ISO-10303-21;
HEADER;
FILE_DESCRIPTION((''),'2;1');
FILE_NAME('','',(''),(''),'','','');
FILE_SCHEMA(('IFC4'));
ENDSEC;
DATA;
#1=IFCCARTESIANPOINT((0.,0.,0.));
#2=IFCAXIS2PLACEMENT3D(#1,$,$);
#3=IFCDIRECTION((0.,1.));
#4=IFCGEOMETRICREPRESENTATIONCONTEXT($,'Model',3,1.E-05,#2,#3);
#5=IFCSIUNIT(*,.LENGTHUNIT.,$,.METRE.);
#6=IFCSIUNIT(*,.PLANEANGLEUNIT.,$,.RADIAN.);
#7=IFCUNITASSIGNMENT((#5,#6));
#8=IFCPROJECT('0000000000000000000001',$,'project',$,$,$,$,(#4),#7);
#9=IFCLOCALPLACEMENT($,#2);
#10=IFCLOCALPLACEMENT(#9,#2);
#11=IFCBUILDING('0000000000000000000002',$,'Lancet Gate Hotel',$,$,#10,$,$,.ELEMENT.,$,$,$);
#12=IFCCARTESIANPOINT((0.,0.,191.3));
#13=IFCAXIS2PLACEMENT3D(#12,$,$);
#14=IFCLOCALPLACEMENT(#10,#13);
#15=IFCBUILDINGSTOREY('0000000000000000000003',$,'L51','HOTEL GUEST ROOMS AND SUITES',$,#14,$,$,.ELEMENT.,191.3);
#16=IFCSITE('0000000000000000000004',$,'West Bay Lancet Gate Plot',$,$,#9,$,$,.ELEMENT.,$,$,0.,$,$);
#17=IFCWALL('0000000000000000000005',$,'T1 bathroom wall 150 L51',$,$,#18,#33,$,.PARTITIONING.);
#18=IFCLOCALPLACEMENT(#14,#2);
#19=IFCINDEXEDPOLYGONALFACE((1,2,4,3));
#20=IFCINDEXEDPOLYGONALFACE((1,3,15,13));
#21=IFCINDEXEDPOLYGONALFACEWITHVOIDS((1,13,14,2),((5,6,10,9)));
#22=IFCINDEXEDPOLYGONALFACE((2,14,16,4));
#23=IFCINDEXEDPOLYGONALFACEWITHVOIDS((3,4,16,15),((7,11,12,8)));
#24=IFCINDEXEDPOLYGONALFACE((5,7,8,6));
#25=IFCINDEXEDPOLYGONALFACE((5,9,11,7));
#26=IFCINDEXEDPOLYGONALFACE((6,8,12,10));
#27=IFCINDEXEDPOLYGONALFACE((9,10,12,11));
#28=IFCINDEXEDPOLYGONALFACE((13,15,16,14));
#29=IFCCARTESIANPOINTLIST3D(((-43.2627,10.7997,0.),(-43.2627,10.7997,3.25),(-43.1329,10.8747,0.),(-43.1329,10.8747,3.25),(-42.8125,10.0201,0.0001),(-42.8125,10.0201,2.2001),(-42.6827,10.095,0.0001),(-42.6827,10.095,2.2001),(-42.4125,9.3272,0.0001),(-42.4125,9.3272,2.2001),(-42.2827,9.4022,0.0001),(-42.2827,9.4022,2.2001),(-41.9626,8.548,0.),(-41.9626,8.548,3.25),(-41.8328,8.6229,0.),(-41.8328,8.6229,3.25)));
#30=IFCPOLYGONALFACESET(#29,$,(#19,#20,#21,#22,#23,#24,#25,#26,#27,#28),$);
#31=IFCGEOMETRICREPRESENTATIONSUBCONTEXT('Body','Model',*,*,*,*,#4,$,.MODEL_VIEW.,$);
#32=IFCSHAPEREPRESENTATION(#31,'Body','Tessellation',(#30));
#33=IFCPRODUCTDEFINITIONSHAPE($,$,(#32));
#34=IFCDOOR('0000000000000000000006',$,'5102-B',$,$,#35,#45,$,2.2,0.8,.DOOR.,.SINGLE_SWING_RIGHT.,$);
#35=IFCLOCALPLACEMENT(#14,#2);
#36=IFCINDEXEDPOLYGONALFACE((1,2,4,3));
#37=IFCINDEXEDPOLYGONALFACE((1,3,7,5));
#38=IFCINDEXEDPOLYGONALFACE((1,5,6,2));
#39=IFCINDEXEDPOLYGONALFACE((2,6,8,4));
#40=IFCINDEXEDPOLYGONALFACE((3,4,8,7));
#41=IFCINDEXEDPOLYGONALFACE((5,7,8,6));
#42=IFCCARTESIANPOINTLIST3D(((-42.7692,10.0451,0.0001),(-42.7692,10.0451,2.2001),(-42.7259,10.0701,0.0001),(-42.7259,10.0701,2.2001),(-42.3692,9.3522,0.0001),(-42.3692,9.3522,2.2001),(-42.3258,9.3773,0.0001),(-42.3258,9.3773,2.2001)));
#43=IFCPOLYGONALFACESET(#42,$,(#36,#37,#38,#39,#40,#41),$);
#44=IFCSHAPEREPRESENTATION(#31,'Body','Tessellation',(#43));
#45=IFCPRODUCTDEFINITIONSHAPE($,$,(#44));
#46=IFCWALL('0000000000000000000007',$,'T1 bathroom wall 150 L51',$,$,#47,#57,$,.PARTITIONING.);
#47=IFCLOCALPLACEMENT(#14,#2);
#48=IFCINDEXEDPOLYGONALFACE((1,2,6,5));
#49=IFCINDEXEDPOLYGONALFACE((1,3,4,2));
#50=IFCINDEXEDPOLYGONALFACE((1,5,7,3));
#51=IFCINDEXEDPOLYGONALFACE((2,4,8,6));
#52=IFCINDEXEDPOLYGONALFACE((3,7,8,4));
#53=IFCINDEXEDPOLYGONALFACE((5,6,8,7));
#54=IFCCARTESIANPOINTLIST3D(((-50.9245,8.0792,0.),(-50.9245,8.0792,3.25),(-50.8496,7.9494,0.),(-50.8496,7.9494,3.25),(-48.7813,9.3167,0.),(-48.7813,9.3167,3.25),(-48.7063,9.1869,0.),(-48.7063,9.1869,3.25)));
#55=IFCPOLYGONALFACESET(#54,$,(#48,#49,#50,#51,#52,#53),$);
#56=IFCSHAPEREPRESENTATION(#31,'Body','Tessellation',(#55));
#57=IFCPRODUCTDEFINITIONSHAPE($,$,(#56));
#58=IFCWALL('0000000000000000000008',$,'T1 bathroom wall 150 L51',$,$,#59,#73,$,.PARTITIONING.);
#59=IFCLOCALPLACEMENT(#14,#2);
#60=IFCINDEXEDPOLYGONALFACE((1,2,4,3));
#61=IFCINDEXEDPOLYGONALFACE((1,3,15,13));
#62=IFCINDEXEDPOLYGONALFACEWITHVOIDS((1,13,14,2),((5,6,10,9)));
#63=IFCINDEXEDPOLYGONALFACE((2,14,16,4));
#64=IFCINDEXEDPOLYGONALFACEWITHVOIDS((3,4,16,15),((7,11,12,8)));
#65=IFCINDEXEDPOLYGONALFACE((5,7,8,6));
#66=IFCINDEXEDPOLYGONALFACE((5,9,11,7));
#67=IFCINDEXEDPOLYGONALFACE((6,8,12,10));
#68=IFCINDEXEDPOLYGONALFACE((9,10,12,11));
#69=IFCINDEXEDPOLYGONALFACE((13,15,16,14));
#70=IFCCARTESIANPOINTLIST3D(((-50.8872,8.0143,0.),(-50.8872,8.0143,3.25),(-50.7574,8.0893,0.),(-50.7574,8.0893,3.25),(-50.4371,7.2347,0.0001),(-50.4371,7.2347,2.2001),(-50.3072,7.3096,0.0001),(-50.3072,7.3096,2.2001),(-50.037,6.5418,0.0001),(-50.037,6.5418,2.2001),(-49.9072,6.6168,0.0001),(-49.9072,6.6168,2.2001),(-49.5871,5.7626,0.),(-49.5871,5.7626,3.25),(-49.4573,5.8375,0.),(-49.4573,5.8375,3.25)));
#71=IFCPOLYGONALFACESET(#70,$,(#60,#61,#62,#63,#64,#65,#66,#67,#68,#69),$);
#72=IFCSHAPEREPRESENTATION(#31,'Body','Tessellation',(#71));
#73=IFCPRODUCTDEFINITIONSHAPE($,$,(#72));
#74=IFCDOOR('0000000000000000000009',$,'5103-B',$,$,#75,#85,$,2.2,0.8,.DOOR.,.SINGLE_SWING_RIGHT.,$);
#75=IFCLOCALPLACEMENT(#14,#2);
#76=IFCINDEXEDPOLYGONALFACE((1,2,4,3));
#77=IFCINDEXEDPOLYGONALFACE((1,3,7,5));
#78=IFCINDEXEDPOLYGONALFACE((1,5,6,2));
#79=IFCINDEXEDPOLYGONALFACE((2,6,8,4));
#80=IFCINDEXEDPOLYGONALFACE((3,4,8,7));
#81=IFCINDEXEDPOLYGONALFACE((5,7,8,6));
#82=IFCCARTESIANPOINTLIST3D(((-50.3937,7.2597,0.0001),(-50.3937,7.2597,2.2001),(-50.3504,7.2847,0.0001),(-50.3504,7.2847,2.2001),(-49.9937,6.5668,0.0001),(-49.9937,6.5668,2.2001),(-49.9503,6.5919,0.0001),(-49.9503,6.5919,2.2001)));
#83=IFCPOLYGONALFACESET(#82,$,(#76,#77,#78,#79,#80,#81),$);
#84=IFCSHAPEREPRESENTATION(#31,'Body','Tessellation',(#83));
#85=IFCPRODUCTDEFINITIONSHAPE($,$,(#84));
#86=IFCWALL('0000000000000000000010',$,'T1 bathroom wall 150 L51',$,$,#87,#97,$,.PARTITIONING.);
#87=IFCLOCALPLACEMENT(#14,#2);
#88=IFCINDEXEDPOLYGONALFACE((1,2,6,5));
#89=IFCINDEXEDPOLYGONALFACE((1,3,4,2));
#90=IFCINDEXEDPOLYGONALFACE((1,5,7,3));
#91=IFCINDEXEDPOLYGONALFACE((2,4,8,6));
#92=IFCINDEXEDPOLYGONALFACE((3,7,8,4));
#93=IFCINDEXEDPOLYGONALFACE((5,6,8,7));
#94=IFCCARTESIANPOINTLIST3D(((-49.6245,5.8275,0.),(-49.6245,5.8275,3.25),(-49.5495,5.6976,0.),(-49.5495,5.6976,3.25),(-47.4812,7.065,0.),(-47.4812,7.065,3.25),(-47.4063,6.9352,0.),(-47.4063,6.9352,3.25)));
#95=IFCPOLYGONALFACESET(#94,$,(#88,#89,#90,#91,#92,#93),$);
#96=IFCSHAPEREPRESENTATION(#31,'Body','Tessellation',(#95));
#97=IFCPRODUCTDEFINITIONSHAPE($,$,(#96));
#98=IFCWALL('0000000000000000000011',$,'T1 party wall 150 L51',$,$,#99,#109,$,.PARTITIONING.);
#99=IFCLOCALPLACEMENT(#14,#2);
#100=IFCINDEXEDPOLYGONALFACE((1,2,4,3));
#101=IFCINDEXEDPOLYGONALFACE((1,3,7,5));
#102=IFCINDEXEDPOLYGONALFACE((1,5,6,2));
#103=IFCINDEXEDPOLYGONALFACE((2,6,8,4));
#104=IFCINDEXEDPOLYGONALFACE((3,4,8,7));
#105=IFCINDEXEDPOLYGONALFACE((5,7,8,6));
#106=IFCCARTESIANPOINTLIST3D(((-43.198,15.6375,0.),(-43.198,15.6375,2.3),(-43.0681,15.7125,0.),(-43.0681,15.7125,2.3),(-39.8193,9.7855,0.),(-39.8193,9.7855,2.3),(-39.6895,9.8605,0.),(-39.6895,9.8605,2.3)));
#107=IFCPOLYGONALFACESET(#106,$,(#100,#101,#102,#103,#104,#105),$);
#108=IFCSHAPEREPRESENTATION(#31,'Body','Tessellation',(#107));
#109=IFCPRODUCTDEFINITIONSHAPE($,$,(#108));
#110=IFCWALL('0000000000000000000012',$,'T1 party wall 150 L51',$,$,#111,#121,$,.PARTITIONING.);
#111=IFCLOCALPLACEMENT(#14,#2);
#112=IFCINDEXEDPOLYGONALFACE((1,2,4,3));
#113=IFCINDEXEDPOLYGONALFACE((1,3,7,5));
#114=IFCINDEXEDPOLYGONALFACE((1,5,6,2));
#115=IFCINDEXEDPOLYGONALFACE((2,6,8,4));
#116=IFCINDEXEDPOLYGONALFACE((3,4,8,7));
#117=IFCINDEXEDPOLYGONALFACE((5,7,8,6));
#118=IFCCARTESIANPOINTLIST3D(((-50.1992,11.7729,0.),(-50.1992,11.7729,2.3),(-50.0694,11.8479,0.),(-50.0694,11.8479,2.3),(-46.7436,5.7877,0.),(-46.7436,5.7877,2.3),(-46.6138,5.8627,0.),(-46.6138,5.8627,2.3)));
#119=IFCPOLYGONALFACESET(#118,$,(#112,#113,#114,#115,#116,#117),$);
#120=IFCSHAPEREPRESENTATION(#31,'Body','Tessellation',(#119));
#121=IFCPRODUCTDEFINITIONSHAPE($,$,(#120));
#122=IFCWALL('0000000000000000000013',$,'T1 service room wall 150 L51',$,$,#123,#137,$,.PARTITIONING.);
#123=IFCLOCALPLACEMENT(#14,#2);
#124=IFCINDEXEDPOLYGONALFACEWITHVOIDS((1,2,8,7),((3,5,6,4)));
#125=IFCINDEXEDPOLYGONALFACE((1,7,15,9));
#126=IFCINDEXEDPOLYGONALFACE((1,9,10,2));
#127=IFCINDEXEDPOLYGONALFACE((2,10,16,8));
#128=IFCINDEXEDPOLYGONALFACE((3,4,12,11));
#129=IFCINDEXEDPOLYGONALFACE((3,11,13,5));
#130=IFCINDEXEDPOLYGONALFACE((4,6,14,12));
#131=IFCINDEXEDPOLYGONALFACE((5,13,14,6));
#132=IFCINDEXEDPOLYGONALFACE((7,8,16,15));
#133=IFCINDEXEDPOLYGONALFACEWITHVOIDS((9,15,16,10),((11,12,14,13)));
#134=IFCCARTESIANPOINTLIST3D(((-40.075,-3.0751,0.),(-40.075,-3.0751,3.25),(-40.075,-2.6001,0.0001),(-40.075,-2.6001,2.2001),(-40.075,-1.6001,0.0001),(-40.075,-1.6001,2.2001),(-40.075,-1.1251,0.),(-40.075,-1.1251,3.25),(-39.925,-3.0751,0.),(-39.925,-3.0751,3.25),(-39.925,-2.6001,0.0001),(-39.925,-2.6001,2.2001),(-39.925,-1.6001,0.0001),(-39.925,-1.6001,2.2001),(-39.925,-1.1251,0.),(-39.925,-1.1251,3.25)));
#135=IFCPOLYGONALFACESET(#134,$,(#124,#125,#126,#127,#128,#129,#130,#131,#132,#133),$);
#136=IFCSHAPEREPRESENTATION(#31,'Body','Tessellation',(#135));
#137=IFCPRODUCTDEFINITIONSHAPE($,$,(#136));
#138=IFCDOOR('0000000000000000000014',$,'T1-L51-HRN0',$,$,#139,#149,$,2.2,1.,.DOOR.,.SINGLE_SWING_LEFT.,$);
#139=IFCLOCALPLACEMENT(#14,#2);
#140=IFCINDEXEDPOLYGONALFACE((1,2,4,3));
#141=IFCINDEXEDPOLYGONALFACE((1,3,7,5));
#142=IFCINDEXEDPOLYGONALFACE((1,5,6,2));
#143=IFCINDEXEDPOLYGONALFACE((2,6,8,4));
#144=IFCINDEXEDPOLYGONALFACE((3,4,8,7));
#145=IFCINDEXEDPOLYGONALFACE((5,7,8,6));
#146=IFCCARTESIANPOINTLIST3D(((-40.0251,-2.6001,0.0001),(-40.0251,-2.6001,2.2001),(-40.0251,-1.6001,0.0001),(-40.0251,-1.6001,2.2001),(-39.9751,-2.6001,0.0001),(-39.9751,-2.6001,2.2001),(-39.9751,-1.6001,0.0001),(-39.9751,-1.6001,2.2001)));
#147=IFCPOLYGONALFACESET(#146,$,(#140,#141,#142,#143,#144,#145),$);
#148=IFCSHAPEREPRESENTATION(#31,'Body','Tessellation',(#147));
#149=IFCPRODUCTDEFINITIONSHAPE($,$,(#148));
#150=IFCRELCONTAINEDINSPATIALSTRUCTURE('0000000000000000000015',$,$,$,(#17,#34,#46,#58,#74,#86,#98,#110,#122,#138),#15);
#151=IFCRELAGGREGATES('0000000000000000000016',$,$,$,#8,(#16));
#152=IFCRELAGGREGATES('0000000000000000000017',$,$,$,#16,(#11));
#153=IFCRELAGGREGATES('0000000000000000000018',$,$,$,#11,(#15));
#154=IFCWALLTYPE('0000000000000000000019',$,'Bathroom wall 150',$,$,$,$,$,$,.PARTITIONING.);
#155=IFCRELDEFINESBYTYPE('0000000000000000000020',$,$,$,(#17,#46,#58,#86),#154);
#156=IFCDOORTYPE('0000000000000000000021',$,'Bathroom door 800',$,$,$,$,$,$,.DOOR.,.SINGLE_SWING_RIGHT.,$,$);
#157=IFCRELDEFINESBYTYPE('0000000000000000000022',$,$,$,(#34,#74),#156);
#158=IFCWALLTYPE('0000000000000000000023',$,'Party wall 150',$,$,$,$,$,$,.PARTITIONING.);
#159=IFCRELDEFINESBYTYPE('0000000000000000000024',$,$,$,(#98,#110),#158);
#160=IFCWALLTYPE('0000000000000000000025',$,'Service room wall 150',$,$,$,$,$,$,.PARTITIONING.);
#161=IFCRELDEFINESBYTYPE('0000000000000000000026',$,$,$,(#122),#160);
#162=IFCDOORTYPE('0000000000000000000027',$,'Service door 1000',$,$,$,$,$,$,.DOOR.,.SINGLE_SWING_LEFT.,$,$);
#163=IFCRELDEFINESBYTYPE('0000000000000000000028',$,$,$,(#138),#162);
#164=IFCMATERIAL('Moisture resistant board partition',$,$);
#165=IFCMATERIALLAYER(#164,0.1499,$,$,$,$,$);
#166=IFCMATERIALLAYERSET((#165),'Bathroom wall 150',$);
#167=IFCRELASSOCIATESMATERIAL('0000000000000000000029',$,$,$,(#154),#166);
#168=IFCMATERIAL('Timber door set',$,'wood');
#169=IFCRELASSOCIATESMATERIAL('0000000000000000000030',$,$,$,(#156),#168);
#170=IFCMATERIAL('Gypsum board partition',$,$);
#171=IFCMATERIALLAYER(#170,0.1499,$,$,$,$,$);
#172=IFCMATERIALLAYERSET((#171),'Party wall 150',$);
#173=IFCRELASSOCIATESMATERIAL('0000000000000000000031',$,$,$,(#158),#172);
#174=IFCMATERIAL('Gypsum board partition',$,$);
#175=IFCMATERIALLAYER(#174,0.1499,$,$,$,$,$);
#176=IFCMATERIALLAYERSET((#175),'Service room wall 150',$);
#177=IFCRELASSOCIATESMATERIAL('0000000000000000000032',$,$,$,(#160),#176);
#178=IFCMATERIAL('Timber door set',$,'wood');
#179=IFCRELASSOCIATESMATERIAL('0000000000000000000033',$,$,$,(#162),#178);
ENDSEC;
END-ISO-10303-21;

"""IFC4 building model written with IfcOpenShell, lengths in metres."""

from ifc_helpers import new_model, si_unit, direction, frame, frame_2d, origin, place, context, subcontext, project, spatial, rectangle, extrude, material, layer, layer_set, type_object, element, fill, save


model = new_model("IFC4")

# Units and contexts
model_context = context("Model", 3, precision=1e-05, world=origin(), true_north=direction((0.0, 1.0)))
body_context = subcontext(model_context, "Body", "Model", "MODEL_VIEW")
ifc_project = project(units=[si_unit("LENGTHUNIT", "METRE"), si_unit("PLANEANGLEUNIT", "RADIAN")], contexts=[model_context])

# Site, building, storey
site_placement = place(None, origin())
site = spatial("IfcSite", under=ifc_project, at=site_placement, Name="West Bay Lancet Gate Plot", CompositionType="ELEMENT", RefElevation=0.0)
building_placement = place(site_placement, origin())
building = spatial("IfcBuilding", under=site, at=building_placement, Name="Lancet Gate Hotel", CompositionType="ELEMENT")
storey_placement = place(building_placement, frame((0.0, 0.0, 191.3)))
storey = spatial("IfcBuildingStorey", under=building, at=storey_placement, Name="L51", Description="HOTEL GUEST ROOMS AND SUITES", CompositionType="ELEMENT", Elevation=191.3)

# Shared definitions
ifc_material_1 = material(Name="Moisture resistant board partition")
ifc_layer_1 = layer(ifc_material_1, 0.1499)
ifc_layer_set_1 = layer_set([ifc_layer_1], Name="Bathroom wall 150")
wall_type_1 = type_object("IfcWallType", Name="Bathroom wall 150", PredefinedType="PARTITIONING", material=ifc_layer_set_1)

# Wall, opening, door
wall_1_placement = place(storey_placement, frame((-41.8977, 8.5854, 0.0), z_axis=(0.0, 0.0, 1.0), x_axis=(-0.500007, 0.866021, 0.0)))
wall_1 = element("IfcWall", 1, at=wall_1_placement, inside=storey, type_object=wall_type_1, Name="T1 bathroom wall 150 L51", PredefinedType="PARTITIONING", context=body_context, shape_type="SweptSolid", body=[
    extrude(rectangle(XDim=2.6001, YDim=0.1499, at=frame_2d((1.3, 0.0))), origin(), (0.0, 0.0, 1.0), 3.25),
])
opening_1_placement = place(wall_1_placement, frame((0.8999, 0.0, 0.0)))
opening_1 = element("IfcOpeningElement", 2, at=opening_1_placement, cuts=wall_1, PredefinedType="OPENING", context=body_context, shape_type="SweptSolid", body=[
    extrude(rectangle(XDim=0.8, YDim=2.2, at=frame_2d((0.3999, 1.1001))), frame((0.0, 0.085, 0.0), z_axis=(0.0, -1.0, 0.0), x_axis=(1.0, 0.0, 0.0)), (0.0, 0.0, 1.0), 0.1699),
])
ifc_material_2 = material(Name="Timber door set", Category="wood")
door_type_1 = type_object("IfcDoorType", Name="Bathroom door 800", OperationType="SINGLE_SWING_RIGHT", PredefinedType="DOOR", material=ifc_material_2)
door_1_placement = place(opening_1_placement, origin())
door_1 = element("IfcDoor", 3, at=door_1_placement, inside=storey, type_object=door_type_1, Name="5102-B", OperationType="SINGLE_SWING_RIGHT", OverallHeight=2.2, OverallWidth=0.8, PredefinedType="DOOR", context=body_context, shape_type="SweptSolid", body=[
    extrude(rectangle(XDim=0.8, YDim=2.2, at=frame_2d((0.3999, 1.1001))), frame((0.0, 0.0249, 0.0), z_axis=(0.0, -1.0, 0.0), x_axis=(1.0, 0.0, 0.0)), (0.0, 0.0, 1.0), 0.05),
])
fill(opening_1, door_1)

# Wall
wall_2_placement = place(storey_placement, frame((-48.7439, 9.2517, 0.0), z_axis=(0.0, 0.0, 1.0), x_axis=(-0.866007, -0.500033, 0.0)))
element("IfcWall", 4, at=wall_2_placement, inside=storey, type_object=wall_type_1, Name="T1 bathroom wall 150 L51", PredefinedType="PARTITIONING", context=body_context, shape_type="SweptSolid", body=[
    extrude(rectangle(XDim=2.4749, YDim=0.1499, at=frame_2d((1.2373, 0.0))), origin(), (0.0, 0.0, 1.0), 3.25),
])

# Wall, opening, door
wall_3_placement = place(storey_placement, frame((-49.5222, 5.8, 0.0), z_axis=(0.0, 0.0, 1.0), x_axis=(-0.500007, 0.866021, 0.0)))
wall_3 = element("IfcWall", 5, at=wall_3_placement, inside=storey, type_object=wall_type_1, Name="T1 bathroom wall 150 L51", PredefinedType="PARTITIONING", context=body_context, shape_type="SweptSolid", body=[
    extrude(rectangle(XDim=2.6001, YDim=0.1499, at=frame_2d((1.3, 0.0))), origin(), (0.0, 0.0, 1.0), 3.25),
])
opening_2_placement = place(wall_3_placement, frame((0.8999, 0.0, 0.0)))
opening_2 = element("IfcOpeningElement", 6, at=opening_2_placement, cuts=wall_3, PredefinedType="OPENING", context=body_context, shape_type="SweptSolid", body=[
    extrude(rectangle(XDim=0.8, YDim=2.2, at=frame_2d((0.3999, 1.1001))), frame((0.0, 0.085, 0.0), z_axis=(0.0, -1.0, 0.0), x_axis=(1.0, 0.0, 0.0)), (0.0, 0.0, 1.0), 0.1699),
])
door_2_placement = place(opening_2_placement, origin())
door_2 = element("IfcDoor", 7, at=door_2_placement, inside=storey, type_object=door_type_1, Name="5103-B", OperationType="SINGLE_SWING_RIGHT", OverallHeight=2.2, OverallWidth=0.8, PredefinedType="DOOR", context=body_context, shape_type="SweptSolid", body=[
    extrude(rectangle(XDim=0.8, YDim=2.2, at=frame_2d((0.3999, 1.1001))), frame((0.0, 0.0249, 0.0), z_axis=(0.0, -1.0, 0.0), x_axis=(1.0, 0.0, 0.0)), (0.0, 0.0, 1.0), 0.05),
])
fill(opening_2, door_2)

# Walls
wall_4_placement = place(storey_placement, frame((-47.4438, 7.0, 0.0), z_axis=(0.0, 0.0, 1.0), x_axis=(-0.866007, -0.500033, 0.0)))
element("IfcWall", 8, at=wall_4_placement, inside=storey, type_object=wall_type_1, Name="T1 bathroom wall 150 L51", PredefinedType="PARTITIONING", context=body_context, shape_type="SweptSolid", body=[
    extrude(rectangle(XDim=2.4749, YDim=0.1499, at=frame_2d((1.2373, 0.0))), origin(), (0.0, 0.0, 1.0), 3.25),
])
ifc_material_3 = material(Name="Gypsum board partition")
ifc_layer_2 = layer(ifc_material_3, 0.1499)
ifc_layer_set_2 = layer_set([ifc_layer_2], Name="Party wall 150")
wall_type_2 = type_object("IfcWallType", Name="Party wall 150", PredefinedType="PARTITIONING", material=ifc_layer_set_2)
wall_5_placement = place(storey_placement, frame((-39.7544, 9.823, 0.0), z_axis=(0.0, 0.0, 1.0), x_axis=(-0.499998, 0.866027, 0.0)))
element("IfcWall", 9, at=wall_5_placement, inside=storey, type_object=wall_type_2, Name="T1 party wall 150 L51", PredefinedType="PARTITIONING", context=body_context, shape_type="SweptSolid", body=[
    extrude(rectangle(XDim=6.7573, YDim=0.1499, at=frame_2d((3.3787, 0.0))), origin(), (0.0, 0.0, 1.0), 2.3),
])
wall_6_placement = place(storey_placement, frame((-46.6787, 5.8252, 0.0), z_axis=(0.0, 0.0, 1.0), x_axis=(-0.500007, 0.866021, 0.0)))
element("IfcWall", 10, at=wall_6_placement, inside=storey, type_object=wall_type_2, Name="T1 party wall 150 L51", PredefinedType="PARTITIONING", context=body_context, shape_type="SweptSolid", body=[
    extrude(rectangle(XDim=6.9111, YDim=0.1499, at=frame_2d((3.4556, 0.0))), origin(), (0.0, 0.0, 1.0), 2.3),
])

# Wall, opening, door
ifc_material_4 = material(Name="Gypsum board partition")
ifc_layer_3 = layer(ifc_material_4, 0.1499)
ifc_layer_set_3 = layer_set([ifc_layer_3], Name="Service room wall 150")
wall_type_3 = type_object("IfcWallType", Name="Service room wall 150", PredefinedType="PARTITIONING", material=ifc_layer_set_3)
wall_7_placement = place(storey_placement, frame((-40.0, -1.125, 0.0), z_axis=(0.0, 0.0, 1.0), x_axis=(0.0, -1.0, 0.0)))
wall_7 = element("IfcWall", 11, at=wall_7_placement, inside=storey, type_object=wall_type_3, Name="T1 service room wall 150 L51", PredefinedType="PARTITIONING", context=body_context, shape_type="SweptSolid", body=[
    extrude(rectangle(XDim=1.95, YDim=0.1499, at=frame_2d((0.9751, 0.0))), origin(), (0.0, 0.0, 1.0), 3.25),
])
opening_3_placement = place(wall_7_placement, frame((0.4751, 0.0, 0.0)))
opening_3 = element("IfcOpeningElement", 12, at=opening_3_placement, cuts=wall_7, PredefinedType="OPENING", context=body_context, shape_type="SweptSolid", body=[
    extrude(rectangle(XDim=1.0, YDim=2.2, at=frame_2d((0.5, 1.1001))), frame((0.0, 0.085, 0.0), z_axis=(0.0, -1.0, 0.0), x_axis=(1.0, 0.0, 0.0)), (0.0, 0.0, 1.0), 0.1699),
])
ifc_material_5 = material(Name="Timber door set", Category="wood")
door_type_2 = type_object("IfcDoorType", Name="Service door 1000", OperationType="SINGLE_SWING_LEFT", PredefinedType="DOOR", material=ifc_material_5)
door_3_placement = place(opening_3_placement, origin())
door_3 = element("IfcDoor", 13, at=door_3_placement, inside=storey, type_object=door_type_2, Name="T1-L51-HRN0", OperationType="SINGLE_SWING_LEFT", OverallHeight=2.2, OverallWidth=1.0, PredefinedType="DOOR", context=body_context, shape_type="SweptSolid", body=[
    extrude(rectangle(XDim=1.0, YDim=2.2, at=frame_2d((0.5, 1.1001))), frame((0.0, 0.0249, 0.0), z_axis=(0.0, -1.0, 0.0), x_axis=(1.0, 0.0, 0.0)), (0.0, 0.0, 1.0), 0.05),
])
fill(opening_3, door_3)

save(model, "model.ifc")
